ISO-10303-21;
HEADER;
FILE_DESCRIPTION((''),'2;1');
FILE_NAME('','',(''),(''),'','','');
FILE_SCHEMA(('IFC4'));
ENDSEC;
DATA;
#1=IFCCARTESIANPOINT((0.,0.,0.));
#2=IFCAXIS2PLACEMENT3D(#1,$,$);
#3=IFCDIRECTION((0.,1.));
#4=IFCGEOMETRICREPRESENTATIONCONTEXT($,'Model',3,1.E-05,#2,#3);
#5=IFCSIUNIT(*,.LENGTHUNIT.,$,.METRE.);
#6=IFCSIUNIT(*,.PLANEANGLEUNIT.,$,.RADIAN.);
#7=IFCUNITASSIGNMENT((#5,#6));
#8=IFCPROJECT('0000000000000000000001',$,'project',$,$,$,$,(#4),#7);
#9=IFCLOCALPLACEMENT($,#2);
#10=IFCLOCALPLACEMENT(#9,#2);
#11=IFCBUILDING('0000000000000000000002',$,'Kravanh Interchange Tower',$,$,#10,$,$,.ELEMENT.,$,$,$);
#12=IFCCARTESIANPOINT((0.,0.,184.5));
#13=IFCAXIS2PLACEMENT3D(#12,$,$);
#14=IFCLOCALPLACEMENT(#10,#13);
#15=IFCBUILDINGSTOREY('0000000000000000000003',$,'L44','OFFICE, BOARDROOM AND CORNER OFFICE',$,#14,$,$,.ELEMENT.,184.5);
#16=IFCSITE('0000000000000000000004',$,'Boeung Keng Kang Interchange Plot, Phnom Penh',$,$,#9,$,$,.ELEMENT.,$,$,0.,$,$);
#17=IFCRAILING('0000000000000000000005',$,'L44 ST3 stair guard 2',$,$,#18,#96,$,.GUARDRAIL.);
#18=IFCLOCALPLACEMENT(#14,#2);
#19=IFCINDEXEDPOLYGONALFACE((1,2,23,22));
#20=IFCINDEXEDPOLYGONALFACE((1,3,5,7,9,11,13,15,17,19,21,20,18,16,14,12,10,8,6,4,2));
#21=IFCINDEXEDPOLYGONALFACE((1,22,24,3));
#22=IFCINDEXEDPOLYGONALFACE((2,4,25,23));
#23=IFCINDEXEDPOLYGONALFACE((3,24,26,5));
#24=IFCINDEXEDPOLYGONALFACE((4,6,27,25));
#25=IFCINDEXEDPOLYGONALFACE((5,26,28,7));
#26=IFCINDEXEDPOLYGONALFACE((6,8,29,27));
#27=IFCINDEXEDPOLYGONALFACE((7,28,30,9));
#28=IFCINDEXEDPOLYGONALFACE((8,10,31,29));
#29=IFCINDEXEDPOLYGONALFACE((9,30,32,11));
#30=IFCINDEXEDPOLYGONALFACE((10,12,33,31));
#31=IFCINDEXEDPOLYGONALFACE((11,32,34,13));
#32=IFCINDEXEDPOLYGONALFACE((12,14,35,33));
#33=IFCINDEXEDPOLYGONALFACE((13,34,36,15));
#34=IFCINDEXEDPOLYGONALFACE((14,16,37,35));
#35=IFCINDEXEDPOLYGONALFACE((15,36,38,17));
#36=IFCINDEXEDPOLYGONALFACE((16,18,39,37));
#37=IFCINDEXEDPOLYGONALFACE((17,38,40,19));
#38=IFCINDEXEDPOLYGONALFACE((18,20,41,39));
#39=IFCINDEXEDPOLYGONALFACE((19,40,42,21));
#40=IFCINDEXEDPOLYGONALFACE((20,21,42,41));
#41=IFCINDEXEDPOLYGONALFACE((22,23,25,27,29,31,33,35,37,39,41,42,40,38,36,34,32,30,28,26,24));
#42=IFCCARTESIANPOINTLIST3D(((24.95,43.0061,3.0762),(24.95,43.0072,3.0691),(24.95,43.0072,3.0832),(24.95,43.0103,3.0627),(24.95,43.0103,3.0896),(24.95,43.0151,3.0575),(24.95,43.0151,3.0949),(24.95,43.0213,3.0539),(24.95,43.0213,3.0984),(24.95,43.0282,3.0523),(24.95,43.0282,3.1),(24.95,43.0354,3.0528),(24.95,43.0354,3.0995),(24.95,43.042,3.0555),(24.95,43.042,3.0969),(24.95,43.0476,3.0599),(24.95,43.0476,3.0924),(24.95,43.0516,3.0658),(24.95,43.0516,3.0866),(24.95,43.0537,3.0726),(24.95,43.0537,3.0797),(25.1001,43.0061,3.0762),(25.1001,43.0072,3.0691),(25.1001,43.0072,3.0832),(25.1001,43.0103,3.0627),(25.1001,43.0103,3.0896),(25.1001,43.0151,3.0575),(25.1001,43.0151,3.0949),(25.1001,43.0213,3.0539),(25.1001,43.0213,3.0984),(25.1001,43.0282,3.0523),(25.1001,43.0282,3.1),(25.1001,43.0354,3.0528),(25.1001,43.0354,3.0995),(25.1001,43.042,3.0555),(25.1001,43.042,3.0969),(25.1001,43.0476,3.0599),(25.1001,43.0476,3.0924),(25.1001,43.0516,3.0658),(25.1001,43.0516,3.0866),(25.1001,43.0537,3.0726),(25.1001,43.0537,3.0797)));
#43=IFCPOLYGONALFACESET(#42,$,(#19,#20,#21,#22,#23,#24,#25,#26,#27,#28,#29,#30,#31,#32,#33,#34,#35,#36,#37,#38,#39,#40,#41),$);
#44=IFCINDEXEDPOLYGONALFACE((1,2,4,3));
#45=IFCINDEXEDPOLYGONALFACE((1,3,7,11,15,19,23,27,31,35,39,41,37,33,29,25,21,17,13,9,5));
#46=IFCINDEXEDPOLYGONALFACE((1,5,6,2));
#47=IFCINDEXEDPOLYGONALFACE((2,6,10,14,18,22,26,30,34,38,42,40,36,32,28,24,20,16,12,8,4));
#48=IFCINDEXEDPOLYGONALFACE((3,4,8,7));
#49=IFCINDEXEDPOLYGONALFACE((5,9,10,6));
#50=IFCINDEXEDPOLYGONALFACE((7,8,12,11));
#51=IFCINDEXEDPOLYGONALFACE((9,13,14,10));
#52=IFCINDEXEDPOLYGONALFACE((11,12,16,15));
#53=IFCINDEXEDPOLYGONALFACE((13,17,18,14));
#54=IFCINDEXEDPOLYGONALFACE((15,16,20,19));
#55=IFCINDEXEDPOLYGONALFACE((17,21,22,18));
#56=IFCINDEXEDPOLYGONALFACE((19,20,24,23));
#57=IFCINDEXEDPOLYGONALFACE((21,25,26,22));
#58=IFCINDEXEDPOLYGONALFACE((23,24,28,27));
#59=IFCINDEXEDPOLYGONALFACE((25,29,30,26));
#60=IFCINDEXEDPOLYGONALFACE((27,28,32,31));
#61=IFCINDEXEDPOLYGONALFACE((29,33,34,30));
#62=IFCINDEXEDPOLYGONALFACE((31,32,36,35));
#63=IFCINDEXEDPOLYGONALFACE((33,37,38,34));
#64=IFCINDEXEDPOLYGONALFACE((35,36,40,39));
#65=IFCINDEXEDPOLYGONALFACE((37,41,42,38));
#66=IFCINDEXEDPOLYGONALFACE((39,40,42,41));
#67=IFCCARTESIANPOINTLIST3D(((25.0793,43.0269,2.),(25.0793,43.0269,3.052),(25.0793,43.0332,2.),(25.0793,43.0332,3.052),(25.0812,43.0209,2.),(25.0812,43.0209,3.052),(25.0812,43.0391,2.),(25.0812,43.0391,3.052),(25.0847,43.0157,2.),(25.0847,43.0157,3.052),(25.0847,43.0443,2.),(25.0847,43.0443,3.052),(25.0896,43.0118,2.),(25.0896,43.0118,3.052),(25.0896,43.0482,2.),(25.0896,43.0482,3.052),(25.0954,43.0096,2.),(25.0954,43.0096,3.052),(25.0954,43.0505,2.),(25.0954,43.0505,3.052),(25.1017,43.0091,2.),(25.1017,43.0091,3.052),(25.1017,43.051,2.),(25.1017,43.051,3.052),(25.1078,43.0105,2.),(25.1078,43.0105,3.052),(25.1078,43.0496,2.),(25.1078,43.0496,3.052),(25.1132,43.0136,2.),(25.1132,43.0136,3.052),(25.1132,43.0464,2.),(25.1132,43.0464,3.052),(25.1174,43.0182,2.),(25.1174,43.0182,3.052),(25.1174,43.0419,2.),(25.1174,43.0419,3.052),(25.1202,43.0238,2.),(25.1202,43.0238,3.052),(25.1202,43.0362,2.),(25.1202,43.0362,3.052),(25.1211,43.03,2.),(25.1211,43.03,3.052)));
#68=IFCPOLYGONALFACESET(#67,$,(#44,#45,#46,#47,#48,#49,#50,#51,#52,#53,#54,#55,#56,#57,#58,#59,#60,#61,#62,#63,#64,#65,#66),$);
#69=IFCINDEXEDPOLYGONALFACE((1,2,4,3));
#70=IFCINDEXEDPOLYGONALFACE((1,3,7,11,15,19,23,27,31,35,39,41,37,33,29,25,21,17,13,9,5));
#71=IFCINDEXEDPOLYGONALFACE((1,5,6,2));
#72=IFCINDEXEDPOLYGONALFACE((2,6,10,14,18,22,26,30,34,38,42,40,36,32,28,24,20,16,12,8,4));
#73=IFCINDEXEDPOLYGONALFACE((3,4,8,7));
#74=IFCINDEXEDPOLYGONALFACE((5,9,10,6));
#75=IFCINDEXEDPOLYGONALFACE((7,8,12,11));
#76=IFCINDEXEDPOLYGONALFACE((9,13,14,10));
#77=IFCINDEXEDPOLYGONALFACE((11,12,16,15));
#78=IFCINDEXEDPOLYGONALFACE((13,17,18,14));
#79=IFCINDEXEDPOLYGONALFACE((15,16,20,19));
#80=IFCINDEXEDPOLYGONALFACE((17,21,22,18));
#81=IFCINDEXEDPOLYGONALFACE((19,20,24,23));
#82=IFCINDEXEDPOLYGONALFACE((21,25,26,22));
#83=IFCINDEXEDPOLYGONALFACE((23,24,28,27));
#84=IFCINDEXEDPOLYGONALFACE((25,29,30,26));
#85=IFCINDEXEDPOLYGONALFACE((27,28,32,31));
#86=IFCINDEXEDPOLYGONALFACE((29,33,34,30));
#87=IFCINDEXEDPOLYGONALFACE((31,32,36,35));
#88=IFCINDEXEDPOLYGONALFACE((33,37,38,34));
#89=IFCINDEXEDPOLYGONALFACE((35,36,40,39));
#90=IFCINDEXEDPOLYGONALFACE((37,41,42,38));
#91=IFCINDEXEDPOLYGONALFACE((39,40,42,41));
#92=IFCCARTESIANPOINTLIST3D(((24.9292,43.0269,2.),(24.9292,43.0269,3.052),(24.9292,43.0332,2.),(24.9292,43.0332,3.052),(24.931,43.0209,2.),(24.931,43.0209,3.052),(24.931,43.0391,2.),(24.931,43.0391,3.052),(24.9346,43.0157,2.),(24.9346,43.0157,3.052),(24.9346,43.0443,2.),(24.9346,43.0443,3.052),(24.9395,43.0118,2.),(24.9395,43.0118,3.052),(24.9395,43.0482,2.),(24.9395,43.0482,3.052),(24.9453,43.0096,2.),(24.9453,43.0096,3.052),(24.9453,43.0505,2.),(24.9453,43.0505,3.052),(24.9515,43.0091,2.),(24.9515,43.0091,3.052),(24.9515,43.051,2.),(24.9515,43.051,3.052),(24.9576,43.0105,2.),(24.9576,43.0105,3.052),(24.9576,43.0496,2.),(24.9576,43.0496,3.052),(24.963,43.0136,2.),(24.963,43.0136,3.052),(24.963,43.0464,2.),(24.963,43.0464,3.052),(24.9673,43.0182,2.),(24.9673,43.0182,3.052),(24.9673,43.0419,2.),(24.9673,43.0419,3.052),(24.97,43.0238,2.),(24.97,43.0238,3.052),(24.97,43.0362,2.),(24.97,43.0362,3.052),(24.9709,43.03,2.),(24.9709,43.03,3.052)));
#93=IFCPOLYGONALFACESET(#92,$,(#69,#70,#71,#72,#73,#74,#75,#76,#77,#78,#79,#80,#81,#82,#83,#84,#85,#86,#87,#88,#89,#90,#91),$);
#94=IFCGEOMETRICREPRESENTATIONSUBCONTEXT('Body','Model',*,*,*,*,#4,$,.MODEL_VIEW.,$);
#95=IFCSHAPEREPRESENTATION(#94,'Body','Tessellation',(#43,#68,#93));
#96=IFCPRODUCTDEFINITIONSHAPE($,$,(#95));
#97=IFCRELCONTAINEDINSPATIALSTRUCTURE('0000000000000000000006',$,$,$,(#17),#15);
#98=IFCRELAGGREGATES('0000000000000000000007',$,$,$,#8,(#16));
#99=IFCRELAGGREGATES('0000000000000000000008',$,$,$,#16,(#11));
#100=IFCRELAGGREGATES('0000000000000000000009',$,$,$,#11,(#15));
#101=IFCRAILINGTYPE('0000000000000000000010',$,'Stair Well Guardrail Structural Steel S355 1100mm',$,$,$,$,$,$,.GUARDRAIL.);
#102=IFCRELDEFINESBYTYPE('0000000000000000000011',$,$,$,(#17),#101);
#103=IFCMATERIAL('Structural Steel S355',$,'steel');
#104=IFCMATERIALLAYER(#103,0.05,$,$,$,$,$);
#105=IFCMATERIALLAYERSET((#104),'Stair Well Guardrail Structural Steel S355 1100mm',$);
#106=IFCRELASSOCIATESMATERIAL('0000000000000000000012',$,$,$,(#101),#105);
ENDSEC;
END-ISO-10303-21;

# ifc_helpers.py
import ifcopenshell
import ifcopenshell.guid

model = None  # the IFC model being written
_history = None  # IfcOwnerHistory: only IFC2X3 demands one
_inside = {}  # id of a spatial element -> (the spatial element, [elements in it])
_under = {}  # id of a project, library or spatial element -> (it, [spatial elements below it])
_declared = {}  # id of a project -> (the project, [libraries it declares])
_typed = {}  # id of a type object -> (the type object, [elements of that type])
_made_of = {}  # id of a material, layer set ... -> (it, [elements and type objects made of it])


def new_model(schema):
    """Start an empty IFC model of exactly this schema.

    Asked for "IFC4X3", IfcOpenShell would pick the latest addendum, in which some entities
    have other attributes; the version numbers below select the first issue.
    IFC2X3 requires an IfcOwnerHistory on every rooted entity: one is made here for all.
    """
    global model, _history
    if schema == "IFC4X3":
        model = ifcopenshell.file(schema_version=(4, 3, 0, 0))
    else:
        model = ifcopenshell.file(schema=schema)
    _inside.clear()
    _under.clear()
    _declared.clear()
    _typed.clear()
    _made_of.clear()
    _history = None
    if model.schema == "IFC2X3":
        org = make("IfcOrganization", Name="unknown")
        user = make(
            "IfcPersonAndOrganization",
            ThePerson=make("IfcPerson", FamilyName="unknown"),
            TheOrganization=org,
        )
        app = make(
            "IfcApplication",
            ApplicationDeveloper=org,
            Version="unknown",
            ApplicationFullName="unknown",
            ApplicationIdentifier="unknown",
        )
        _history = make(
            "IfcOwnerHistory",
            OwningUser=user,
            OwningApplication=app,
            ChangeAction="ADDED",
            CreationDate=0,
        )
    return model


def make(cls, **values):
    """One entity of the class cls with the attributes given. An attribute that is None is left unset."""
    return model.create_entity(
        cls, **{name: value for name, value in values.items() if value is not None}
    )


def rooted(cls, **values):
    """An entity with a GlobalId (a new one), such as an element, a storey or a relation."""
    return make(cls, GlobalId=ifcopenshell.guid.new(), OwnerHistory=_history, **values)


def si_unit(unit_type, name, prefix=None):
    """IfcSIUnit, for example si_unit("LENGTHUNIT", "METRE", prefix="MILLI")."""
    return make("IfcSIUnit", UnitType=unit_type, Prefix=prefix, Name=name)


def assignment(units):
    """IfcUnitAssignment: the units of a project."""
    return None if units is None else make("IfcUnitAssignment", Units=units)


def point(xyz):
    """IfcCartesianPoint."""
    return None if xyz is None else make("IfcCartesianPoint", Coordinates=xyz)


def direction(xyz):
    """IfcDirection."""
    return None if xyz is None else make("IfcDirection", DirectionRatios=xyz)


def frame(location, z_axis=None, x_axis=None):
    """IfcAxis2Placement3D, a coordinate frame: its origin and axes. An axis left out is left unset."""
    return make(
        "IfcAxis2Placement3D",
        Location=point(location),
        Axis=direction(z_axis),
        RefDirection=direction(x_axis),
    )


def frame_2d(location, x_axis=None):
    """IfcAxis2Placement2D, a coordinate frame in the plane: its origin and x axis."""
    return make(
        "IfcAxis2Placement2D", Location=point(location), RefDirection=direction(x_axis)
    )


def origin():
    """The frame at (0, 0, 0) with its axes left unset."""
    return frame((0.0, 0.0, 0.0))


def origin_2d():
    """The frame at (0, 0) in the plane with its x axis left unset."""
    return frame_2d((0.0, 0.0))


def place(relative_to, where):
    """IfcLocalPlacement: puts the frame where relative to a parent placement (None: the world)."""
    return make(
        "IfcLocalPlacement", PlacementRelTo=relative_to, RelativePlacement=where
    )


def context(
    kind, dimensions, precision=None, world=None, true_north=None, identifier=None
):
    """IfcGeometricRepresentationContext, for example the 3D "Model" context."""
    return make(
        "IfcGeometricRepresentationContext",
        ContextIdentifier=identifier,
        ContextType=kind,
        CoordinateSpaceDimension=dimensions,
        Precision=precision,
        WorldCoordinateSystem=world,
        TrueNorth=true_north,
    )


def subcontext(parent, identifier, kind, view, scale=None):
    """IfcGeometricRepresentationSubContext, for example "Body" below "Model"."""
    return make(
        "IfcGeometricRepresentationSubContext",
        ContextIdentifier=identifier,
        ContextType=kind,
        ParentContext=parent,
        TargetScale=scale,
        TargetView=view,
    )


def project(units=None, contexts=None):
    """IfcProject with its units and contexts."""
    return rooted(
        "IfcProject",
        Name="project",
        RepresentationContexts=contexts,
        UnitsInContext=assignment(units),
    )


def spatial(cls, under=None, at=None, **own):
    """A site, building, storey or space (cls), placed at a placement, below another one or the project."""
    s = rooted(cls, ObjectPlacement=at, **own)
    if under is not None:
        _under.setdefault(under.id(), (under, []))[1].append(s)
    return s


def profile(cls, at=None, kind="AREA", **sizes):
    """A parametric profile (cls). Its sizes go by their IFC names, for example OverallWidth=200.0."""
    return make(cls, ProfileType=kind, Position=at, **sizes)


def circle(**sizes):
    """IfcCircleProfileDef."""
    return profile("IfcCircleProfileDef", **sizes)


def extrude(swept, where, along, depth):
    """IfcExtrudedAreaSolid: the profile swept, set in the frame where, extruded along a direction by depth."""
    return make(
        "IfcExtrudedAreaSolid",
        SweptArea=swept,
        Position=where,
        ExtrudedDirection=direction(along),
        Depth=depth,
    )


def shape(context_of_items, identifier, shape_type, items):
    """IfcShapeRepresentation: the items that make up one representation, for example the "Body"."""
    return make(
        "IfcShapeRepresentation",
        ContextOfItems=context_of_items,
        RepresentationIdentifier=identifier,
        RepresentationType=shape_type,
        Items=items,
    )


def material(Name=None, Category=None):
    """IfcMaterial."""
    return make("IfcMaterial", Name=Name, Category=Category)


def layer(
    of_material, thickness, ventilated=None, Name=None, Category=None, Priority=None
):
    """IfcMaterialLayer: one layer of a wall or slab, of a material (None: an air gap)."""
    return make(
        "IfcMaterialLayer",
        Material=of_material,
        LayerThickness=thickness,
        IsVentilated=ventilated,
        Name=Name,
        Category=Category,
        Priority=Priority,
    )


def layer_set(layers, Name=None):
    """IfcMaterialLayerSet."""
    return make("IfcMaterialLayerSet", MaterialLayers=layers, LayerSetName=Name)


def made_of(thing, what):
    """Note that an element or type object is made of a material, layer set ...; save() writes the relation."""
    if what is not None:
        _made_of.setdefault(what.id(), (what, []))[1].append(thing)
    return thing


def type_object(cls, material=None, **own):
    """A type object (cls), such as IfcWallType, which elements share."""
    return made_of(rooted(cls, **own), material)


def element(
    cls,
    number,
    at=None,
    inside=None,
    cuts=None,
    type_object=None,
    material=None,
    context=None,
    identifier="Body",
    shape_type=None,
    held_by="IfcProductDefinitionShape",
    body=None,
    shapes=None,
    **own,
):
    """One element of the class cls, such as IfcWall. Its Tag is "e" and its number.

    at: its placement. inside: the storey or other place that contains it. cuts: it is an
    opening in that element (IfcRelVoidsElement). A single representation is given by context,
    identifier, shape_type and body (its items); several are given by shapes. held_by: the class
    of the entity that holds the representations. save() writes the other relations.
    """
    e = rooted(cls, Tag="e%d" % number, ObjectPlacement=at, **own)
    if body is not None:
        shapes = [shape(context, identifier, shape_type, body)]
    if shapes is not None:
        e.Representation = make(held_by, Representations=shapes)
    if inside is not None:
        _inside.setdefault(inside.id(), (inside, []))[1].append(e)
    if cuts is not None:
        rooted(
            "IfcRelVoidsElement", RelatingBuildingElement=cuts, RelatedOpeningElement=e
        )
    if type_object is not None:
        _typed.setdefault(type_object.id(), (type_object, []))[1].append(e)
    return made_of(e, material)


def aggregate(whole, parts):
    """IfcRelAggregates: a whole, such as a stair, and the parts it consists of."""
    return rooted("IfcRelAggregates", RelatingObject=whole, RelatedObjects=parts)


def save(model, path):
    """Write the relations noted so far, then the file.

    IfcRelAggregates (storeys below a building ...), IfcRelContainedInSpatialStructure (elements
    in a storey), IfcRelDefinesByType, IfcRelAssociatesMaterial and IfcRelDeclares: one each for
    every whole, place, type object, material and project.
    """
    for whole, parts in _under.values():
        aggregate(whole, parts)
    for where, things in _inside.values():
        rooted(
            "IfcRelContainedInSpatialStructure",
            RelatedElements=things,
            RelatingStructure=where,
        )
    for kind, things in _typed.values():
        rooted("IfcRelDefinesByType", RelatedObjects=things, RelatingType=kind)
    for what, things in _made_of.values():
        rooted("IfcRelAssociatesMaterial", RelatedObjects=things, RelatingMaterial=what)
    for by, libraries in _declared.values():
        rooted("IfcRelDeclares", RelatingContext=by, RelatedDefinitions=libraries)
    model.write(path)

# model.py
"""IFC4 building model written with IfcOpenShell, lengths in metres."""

from ifc_helpers import new_model, si_unit, direction, frame, origin, origin_2d, place, context, subcontext, project, spatial, circle, extrude, material, layer, layer_set, type_object, element, save


model = new_model("IFC4")

# Units and contexts
model_context = context("Model", 3, precision=1e-05, world=origin(), true_north=direction((0.0, 1.0)))
body_context = subcontext(model_context, "Body", "Model", "MODEL_VIEW")
ifc_project = project(units=[si_unit("LENGTHUNIT", "METRE"), si_unit("PLANEANGLEUNIT", "RADIAN")], contexts=[model_context])

# Site, building, storey
site_placement = place(None, origin())
site = spatial("IfcSite", under=ifc_project, at=site_placement, Name="Boeung Keng Kang Interchange Plot, Phnom Penh", CompositionType="ELEMENT", RefElevation=0.0)
building_placement = place(site_placement, origin())
building = spatial("IfcBuilding", under=site, at=building_placement, Name="Kravanh Interchange Tower", CompositionType="ELEMENT")
storey_placement = place(building_placement, frame((0.0, 0.0, 184.5)))
storey = spatial("IfcBuildingStorey", under=building, at=storey_placement, Name="L44", Description="OFFICE, BOARDROOM AND CORNER OFFICE", CompositionType="ELEMENT", Elevation=184.5)

# Railing
ifc_material_1 = material(Name="Structural Steel S355", Category="steel")
ifc_layer_1 = layer(ifc_material_1, 0.05)
ifc_layer_set_1 = layer_set([ifc_layer_1], Name="Stair Well Guardrail Structural Steel S355 1100mm")
railing_type_1 = type_object("IfcRailingType", Name="Stair Well Guardrail Structural Steel S355 1100mm", PredefinedType="GUARDRAIL", material=ifc_layer_set_1)
railing_1_placement = place(storey_placement, frame((25.1001, 43.03, 2.0)))
element("IfcRailing", 1, at=railing_1_placement, inside=storey, type_object=railing_type_1, Name="L44 ST3 stair guard 2", PredefinedType="GUARDRAIL", context=body_context, shape_type="SweptSolid", body=[
    extrude(circle(Radius=0.0239, at=origin_2d()), frame((0.0, 0.0, 1.0762), z_axis=(-1.0, 0.0, 0.0), x_axis=(0.0, -1.0, 0.0)), (0.0, 0.0, 1.0), 0.1501),
    extrude(circle(Radius=0.021, at=origin_2d()), origin(), (0.0, 0.0, 1.0), 1.052),
    extrude(circle(Radius=0.021, at=origin_2d()), frame((-0.1501, 0.0, 0.0)), (0.0, 0.0, 1.0), 1.052),
])

save(model, "model.ifc")
